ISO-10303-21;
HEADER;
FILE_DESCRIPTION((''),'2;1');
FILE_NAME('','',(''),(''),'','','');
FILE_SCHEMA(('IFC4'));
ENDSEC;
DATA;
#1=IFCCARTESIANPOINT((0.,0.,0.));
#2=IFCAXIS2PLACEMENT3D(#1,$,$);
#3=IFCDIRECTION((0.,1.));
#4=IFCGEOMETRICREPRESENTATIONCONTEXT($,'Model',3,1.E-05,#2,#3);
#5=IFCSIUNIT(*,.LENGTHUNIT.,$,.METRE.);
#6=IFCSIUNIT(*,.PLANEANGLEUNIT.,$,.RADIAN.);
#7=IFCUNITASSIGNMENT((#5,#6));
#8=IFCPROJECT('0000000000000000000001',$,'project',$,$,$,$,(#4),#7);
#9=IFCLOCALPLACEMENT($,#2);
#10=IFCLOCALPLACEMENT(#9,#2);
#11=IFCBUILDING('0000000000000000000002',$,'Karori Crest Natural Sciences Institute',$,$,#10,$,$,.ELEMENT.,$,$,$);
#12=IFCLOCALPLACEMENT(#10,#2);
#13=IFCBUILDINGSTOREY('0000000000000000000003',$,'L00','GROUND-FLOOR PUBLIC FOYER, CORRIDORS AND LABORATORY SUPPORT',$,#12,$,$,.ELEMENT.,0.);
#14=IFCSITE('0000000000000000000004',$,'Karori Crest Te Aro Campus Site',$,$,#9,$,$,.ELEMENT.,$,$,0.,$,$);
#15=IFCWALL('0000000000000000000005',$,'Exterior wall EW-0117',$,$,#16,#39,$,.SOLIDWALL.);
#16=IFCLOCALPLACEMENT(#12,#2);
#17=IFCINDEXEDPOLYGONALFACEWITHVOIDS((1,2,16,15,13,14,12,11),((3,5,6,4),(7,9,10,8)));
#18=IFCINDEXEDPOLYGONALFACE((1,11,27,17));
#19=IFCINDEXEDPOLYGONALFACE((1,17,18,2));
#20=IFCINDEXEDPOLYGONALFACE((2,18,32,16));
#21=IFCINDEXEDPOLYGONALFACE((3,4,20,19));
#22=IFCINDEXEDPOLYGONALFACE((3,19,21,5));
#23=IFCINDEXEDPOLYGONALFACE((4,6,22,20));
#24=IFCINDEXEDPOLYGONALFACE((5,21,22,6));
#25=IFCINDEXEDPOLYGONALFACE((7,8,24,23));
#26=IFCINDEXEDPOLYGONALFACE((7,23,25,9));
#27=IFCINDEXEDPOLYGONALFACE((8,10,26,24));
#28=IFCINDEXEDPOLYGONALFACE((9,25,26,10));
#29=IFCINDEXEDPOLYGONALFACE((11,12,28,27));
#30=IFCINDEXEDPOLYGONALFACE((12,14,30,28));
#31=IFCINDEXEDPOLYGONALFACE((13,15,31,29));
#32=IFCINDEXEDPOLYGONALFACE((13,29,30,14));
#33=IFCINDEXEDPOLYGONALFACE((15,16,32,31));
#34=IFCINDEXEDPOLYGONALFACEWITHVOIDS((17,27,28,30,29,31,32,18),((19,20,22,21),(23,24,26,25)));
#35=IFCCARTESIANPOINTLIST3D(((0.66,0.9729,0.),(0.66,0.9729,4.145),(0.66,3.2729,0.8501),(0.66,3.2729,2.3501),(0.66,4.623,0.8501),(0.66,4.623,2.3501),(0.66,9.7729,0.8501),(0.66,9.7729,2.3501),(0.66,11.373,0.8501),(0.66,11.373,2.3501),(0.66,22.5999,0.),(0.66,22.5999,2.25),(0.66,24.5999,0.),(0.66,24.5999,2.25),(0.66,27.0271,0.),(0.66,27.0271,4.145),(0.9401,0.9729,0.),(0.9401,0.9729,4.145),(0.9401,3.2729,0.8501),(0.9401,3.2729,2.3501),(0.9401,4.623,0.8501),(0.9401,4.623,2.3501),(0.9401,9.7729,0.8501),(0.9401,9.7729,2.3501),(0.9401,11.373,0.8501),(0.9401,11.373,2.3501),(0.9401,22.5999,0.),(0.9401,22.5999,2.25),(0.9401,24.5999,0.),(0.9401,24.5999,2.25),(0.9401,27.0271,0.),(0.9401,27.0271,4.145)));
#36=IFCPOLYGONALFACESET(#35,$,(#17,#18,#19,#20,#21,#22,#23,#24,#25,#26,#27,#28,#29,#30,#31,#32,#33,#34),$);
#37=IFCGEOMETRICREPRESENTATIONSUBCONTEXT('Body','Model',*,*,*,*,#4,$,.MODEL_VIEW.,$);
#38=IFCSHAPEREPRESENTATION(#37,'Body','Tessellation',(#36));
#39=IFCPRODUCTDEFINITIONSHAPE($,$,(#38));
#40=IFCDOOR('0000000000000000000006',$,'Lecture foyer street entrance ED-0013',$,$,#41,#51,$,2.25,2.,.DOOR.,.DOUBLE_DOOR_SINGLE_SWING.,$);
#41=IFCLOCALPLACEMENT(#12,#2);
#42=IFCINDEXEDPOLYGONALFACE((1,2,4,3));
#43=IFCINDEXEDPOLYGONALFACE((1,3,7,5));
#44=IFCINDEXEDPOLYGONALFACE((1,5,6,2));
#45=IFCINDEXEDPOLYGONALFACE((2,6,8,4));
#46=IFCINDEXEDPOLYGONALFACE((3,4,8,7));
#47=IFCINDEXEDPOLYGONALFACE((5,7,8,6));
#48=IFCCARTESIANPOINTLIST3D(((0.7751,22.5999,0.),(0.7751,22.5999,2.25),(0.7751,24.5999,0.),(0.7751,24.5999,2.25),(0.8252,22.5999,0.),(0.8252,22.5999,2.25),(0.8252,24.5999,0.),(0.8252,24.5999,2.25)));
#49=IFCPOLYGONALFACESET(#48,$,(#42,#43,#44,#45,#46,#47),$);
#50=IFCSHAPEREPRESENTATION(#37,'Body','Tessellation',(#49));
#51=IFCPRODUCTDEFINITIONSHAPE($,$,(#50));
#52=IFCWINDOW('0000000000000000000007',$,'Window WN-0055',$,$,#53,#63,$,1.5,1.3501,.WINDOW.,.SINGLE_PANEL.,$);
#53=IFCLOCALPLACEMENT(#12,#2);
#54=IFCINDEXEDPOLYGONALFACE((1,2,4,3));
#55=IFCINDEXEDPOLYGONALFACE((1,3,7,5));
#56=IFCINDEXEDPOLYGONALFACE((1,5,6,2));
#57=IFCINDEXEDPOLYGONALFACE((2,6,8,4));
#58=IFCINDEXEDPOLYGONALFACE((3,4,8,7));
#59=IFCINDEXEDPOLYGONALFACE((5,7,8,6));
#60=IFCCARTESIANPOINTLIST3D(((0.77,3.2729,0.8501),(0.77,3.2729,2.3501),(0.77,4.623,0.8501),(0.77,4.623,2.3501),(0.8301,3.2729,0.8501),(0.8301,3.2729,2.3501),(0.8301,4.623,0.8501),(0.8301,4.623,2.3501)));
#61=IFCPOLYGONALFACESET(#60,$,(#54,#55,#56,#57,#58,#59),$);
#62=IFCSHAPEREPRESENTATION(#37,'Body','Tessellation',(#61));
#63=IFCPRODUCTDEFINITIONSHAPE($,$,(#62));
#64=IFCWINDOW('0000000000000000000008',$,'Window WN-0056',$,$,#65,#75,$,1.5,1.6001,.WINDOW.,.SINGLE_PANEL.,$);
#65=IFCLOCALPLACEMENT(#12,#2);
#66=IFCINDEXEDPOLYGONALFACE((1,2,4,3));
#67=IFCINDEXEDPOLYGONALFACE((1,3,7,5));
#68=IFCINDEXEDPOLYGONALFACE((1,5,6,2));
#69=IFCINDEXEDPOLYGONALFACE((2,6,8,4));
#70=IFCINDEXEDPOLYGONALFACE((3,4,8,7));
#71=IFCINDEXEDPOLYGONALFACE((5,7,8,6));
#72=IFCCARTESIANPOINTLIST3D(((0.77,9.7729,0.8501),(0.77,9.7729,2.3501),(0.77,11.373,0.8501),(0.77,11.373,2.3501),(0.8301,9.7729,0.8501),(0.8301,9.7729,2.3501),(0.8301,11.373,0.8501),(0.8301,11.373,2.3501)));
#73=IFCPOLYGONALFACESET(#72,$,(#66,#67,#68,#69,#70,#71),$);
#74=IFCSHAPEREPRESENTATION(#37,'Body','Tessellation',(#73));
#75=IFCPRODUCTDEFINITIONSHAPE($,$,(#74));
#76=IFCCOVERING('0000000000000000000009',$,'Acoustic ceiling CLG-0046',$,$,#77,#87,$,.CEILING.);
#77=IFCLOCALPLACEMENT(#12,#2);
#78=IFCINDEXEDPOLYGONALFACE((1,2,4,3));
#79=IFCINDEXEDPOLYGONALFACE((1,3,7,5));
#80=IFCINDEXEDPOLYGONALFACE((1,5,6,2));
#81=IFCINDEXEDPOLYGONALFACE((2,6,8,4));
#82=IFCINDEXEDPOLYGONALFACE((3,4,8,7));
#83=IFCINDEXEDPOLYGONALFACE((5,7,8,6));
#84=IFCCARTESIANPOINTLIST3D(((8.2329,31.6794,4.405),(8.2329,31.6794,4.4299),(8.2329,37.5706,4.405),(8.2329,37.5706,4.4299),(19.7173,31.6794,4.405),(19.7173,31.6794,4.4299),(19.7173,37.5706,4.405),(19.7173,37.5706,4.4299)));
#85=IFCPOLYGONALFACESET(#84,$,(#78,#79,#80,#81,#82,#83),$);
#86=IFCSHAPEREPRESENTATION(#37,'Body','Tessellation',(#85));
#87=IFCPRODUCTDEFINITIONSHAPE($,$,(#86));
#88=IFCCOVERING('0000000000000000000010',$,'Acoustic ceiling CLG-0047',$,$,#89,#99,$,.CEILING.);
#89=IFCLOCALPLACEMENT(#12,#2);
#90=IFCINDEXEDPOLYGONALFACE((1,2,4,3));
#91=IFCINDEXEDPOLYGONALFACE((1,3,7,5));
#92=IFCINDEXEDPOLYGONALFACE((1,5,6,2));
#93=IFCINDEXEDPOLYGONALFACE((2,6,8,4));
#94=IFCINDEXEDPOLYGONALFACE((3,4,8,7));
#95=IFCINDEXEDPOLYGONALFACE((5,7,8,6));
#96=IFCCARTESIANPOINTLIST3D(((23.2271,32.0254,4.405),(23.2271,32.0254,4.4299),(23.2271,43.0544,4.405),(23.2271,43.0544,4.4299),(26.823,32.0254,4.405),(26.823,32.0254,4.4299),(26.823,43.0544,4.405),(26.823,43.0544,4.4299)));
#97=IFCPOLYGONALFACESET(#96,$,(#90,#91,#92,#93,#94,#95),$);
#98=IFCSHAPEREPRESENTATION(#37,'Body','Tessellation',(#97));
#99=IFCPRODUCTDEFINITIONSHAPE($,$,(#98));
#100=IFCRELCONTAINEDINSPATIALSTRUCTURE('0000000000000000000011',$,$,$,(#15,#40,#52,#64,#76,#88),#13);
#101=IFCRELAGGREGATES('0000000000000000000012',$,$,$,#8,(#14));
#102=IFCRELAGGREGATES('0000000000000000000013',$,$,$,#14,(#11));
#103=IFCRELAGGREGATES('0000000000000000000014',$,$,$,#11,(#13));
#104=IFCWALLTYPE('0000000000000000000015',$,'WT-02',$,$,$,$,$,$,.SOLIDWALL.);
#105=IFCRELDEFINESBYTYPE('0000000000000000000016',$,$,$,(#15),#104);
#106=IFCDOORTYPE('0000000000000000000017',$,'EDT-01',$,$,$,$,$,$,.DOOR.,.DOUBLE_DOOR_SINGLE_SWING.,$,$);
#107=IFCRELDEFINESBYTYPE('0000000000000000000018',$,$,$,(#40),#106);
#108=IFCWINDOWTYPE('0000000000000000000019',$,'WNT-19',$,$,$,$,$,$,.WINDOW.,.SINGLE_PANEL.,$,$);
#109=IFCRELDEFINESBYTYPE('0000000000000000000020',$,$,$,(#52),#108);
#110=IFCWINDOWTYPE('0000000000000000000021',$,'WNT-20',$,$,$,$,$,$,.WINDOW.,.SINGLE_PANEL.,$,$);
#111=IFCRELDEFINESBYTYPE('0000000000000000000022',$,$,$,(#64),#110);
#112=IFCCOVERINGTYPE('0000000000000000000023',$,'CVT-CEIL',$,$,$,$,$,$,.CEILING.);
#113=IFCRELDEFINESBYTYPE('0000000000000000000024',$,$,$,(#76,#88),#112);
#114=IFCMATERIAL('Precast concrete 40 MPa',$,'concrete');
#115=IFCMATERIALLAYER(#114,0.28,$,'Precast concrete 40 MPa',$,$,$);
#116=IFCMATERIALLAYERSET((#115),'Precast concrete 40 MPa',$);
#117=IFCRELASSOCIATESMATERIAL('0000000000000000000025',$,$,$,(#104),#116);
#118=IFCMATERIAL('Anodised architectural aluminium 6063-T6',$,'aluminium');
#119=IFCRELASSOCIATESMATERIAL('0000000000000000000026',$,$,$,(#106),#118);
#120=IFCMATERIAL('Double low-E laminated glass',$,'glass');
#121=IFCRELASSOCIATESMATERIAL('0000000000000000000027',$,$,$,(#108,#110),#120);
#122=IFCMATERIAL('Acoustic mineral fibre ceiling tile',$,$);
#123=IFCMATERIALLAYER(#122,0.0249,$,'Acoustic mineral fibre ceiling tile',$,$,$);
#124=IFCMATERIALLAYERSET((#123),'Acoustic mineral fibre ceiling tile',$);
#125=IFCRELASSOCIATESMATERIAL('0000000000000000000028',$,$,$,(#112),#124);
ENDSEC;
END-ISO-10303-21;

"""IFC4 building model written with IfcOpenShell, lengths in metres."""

from ifc_helpers import new_model, si_unit, direction, frame, frame_2d, origin, place, context, subcontext, project, spatial, polyline, rectangle, outline, extrude, material, layer, layer_set, type_object, element, fill, save


model = new_model("IFC4")

# Units and contexts
model_context = context("Model", 3, precision=1e-05, world=origin(), true_north=direction((0.0, 1.0)))
body_context = subcontext(model_context, "Body", "Model", "MODEL_VIEW")
ifc_project = project(units=[si_unit("LENGTHUNIT", "METRE"), si_unit("PLANEANGLEUNIT", "RADIAN")], contexts=[model_context])

# Site, building, storey
site_placement = place(None, origin())
site = spatial("IfcSite", under=ifc_project, at=site_placement, Name="Karori Crest Te Aro Campus Site", CompositionType="ELEMENT", RefElevation=0.0)
building_placement = place(site_placement, origin())
building = spatial("IfcBuilding", under=site, at=building_placement, Name="Karori Crest Natural Sciences Institute", CompositionType="ELEMENT")
storey_placement = place(building_placement, origin())
storey = spatial("IfcBuildingStorey", under=building, at=storey_placement, Name="L00", Description="GROUND-FLOOR PUBLIC FOYER, CORRIDORS AND LABORATORY SUPPORT", CompositionType="ELEMENT", Elevation=0.0)

# Wall, openings, door, windows
ifc_material_1 = material(Name="Precast concrete 40 MPa", Category="concrete")
ifc_layer_1 = layer(ifc_material_1, 0.28, Name="Precast concrete 40 MPa")
ifc_layer_set_1 = layer_set([ifc_layer_1], Name="Precast concrete 40 MPa")
wall_type_1 = type_object("IfcWallType", Name="WT-02", PredefinedType="SOLIDWALL", material=ifc_layer_set_1)
wall_1_placement = place(storey_placement, frame((0.8, 0.9729, 0.0), z_axis=(0.0, 0.0, 1.0), x_axis=(0.0, 1.0, 0.0)))
wall_1 = element("IfcWall", 1, at=wall_1_placement, inside=storey, type_object=wall_type_1, Name="Exterior wall EW-0117", PredefinedType="SOLIDWALL", context=body_context, shape_type="SweptSolid", body=[
    extrude(rectangle(XDim=26.0542, YDim=0.28, at=frame_2d((13.0271, 0.0))), origin(), (0.0, 0.0, 1.0), 4.145),
])
opening_1_placement = place(wall_1_placement, frame((21.627, 0.0, 0.0)))
opening_1 = element("IfcOpeningElement", 2, at=opening_1_placement, cuts=wall_1, PredefinedType="OPENING", context=body_context, shape_type="SweptSolid", body=[
    extrude(rectangle(XDim=2.0, YDim=2.25, at=frame_2d((1.0, 1.125))), frame((0.0, 0.1499, 0.0), z_axis=(0.0, -1.0, 0.0), x_axis=(1.0, 0.0, 0.0)), (0.0, 0.0, 1.0), 0.3),
])
opening_2_placement = place(wall_1_placement, frame((2.3, 0.0, 0.8501)))
opening_2 = element("IfcOpeningElement", 3, at=opening_2_placement, cuts=wall_1, PredefinedType="OPENING", context=body_context, shape_type="SweptSolid", body=[
    extrude(rectangle(XDim=1.3501, YDim=1.5, at=frame_2d((0.675, 0.75))), frame((0.0, 0.1499, 0.0), z_axis=(0.0, -1.0, 0.0), x_axis=(1.0, 0.0, 0.0)), (0.0, 0.0, 1.0), 0.3),
])
opening_3_placement = place(wall_1_placement, frame((8.8, 0.0, 0.8501)))
opening_3 = element("IfcOpeningElement", 4, at=opening_3_placement, cuts=wall_1, PredefinedType="OPENING", context=body_context, shape_type="SweptSolid", body=[
    extrude(rectangle(XDim=1.6001, YDim=1.5, at=frame_2d((0.8, 0.75))), frame((0.0, 0.1499, 0.0), z_axis=(0.0, -1.0, 0.0), x_axis=(1.0, 0.0, 0.0)), (0.0, 0.0, 1.0), 0.3),
])
ifc_material_2 = material(Name="Anodised architectural aluminium 6063-T6", Category="aluminium")
door_type = type_object("IfcDoorType", Name="EDT-01", OperationType="DOUBLE_DOOR_SINGLE_SWING", PredefinedType="DOOR", material=ifc_material_2)
door_placement = place(opening_1_placement, origin())
door = element("IfcDoor", 5, at=door_placement, inside=storey, type_object=door_type, Name="Lecture foyer street entrance ED-0013", OperationType="DOUBLE_DOOR_SINGLE_SWING", OverallHeight=2.25, OverallWidth=2.0, PredefinedType="DOOR", context=body_context, shape_type="SweptSolid", body=[
    extrude(rectangle(XDim=2.0, YDim=2.25, at=frame_2d((1.0, 1.125))), frame((0.0, 0.0249, 0.0), z_axis=(0.0, -1.0, 0.0), x_axis=(1.0, 0.0, 0.0)), (0.0, 0.0, 1.0), 0.05),
])
fill(opening_1, door)
ifc_material_3 = material(Name="Double low-E laminated glass", Category="glass")
window_type_1 = type_object("IfcWindowType", Name="WNT-19", PartitioningType="SINGLE_PANEL", PredefinedType="WINDOW", material=ifc_material_3)
window_1_placement = place(opening_2_placement, origin())
window_1 = element("IfcWindow", 6, at=window_1_placement, inside=storey, type_object=window_type_1, Name="Window WN-0055", OverallHeight=1.5, OverallWidth=1.3501, PartitioningType="SINGLE_PANEL", PredefinedType="WINDOW", context=body_context, shape_type="SweptSolid", body=[
    extrude(rectangle(XDim=1.3501, YDim=1.5, at=frame_2d((0.675, 0.75))), frame((0.0, 0.03, 0.0), z_axis=(0.0, -1.0, 0.0), x_axis=(1.0, 0.0, 0.0)), (0.0, 0.0, 1.0), 0.0601),
])
fill(opening_2, window_1)
window_type_2 = type_object("IfcWindowType", Name="WNT-20", PartitioningType="SINGLE_PANEL", PredefinedType="WINDOW", material=ifc_material_3)
window_2_placement = place(opening_3_placement, origin())
window_2 = element("IfcWindow", 7, at=window_2_placement, inside=storey, type_object=window_type_2, Name="Window WN-0056", OverallHeight=1.5, OverallWidth=1.6001, PartitioningType="SINGLE_PANEL", PredefinedType="WINDOW", context=body_context, shape_type="SweptSolid", body=[
    extrude(rectangle(XDim=1.6001, YDim=1.5, at=frame_2d((0.8, 0.75))), frame((0.0, 0.03, 0.0), z_axis=(0.0, -1.0, 0.0), x_axis=(1.0, 0.0, 0.0)), (0.0, 0.0, 1.0), 0.0601),
])
fill(opening_3, window_2)

# Coverings
ifc_material_4 = material(Name="Acoustic mineral fibre ceiling tile")
ifc_layer_2 = layer(ifc_material_4, 0.0249, Name="Acoustic mineral fibre ceiling tile")
ifc_layer_set_2 = layer_set([ifc_layer_2], Name="Acoustic mineral fibre ceiling tile")
covering_type = type_object("IfcCoveringType", Name="CVT-CEIL", PredefinedType="CEILING", material=ifc_layer_set_2)
covering_1_placement = place(storey_placement, frame((0.0, 0.0, 4.405)))
element("IfcCovering", 8, at=covering_1_placement, inside=storey, type_object=covering_type, Name="Acoustic ceiling CLG-0046", PredefinedType="CEILING", context=body_context, shape_type="SweptSolid", body=[
    extrude(outline(polyline([(8.2329, 37.5706), (8.2329, 31.6794), (19.7173, 31.6794), (19.7173, 37.5706), (8.2329, 37.5706)])), origin(), (0.0, 0.0, 1.0), 0.0249),
])
covering_2_placement = place(storey_placement, frame((0.0, 0.0, 4.405)))
element("IfcCovering", 9, at=covering_2_placement, inside=storey, type_object=covering_type, Name="Acoustic ceiling CLG-0047", PredefinedType="CEILING", context=body_context, shape_type="SweptSolid", body=[
    extrude(outline(polyline([(23.2271, 43.0544), (23.2271, 32.0254), (26.823, 32.0254), (26.823, 43.0544), (23.2271, 43.0544)])), origin(), (0.0, 0.0, 1.0), 0.0249),
])

save(model, "model.ifc")
